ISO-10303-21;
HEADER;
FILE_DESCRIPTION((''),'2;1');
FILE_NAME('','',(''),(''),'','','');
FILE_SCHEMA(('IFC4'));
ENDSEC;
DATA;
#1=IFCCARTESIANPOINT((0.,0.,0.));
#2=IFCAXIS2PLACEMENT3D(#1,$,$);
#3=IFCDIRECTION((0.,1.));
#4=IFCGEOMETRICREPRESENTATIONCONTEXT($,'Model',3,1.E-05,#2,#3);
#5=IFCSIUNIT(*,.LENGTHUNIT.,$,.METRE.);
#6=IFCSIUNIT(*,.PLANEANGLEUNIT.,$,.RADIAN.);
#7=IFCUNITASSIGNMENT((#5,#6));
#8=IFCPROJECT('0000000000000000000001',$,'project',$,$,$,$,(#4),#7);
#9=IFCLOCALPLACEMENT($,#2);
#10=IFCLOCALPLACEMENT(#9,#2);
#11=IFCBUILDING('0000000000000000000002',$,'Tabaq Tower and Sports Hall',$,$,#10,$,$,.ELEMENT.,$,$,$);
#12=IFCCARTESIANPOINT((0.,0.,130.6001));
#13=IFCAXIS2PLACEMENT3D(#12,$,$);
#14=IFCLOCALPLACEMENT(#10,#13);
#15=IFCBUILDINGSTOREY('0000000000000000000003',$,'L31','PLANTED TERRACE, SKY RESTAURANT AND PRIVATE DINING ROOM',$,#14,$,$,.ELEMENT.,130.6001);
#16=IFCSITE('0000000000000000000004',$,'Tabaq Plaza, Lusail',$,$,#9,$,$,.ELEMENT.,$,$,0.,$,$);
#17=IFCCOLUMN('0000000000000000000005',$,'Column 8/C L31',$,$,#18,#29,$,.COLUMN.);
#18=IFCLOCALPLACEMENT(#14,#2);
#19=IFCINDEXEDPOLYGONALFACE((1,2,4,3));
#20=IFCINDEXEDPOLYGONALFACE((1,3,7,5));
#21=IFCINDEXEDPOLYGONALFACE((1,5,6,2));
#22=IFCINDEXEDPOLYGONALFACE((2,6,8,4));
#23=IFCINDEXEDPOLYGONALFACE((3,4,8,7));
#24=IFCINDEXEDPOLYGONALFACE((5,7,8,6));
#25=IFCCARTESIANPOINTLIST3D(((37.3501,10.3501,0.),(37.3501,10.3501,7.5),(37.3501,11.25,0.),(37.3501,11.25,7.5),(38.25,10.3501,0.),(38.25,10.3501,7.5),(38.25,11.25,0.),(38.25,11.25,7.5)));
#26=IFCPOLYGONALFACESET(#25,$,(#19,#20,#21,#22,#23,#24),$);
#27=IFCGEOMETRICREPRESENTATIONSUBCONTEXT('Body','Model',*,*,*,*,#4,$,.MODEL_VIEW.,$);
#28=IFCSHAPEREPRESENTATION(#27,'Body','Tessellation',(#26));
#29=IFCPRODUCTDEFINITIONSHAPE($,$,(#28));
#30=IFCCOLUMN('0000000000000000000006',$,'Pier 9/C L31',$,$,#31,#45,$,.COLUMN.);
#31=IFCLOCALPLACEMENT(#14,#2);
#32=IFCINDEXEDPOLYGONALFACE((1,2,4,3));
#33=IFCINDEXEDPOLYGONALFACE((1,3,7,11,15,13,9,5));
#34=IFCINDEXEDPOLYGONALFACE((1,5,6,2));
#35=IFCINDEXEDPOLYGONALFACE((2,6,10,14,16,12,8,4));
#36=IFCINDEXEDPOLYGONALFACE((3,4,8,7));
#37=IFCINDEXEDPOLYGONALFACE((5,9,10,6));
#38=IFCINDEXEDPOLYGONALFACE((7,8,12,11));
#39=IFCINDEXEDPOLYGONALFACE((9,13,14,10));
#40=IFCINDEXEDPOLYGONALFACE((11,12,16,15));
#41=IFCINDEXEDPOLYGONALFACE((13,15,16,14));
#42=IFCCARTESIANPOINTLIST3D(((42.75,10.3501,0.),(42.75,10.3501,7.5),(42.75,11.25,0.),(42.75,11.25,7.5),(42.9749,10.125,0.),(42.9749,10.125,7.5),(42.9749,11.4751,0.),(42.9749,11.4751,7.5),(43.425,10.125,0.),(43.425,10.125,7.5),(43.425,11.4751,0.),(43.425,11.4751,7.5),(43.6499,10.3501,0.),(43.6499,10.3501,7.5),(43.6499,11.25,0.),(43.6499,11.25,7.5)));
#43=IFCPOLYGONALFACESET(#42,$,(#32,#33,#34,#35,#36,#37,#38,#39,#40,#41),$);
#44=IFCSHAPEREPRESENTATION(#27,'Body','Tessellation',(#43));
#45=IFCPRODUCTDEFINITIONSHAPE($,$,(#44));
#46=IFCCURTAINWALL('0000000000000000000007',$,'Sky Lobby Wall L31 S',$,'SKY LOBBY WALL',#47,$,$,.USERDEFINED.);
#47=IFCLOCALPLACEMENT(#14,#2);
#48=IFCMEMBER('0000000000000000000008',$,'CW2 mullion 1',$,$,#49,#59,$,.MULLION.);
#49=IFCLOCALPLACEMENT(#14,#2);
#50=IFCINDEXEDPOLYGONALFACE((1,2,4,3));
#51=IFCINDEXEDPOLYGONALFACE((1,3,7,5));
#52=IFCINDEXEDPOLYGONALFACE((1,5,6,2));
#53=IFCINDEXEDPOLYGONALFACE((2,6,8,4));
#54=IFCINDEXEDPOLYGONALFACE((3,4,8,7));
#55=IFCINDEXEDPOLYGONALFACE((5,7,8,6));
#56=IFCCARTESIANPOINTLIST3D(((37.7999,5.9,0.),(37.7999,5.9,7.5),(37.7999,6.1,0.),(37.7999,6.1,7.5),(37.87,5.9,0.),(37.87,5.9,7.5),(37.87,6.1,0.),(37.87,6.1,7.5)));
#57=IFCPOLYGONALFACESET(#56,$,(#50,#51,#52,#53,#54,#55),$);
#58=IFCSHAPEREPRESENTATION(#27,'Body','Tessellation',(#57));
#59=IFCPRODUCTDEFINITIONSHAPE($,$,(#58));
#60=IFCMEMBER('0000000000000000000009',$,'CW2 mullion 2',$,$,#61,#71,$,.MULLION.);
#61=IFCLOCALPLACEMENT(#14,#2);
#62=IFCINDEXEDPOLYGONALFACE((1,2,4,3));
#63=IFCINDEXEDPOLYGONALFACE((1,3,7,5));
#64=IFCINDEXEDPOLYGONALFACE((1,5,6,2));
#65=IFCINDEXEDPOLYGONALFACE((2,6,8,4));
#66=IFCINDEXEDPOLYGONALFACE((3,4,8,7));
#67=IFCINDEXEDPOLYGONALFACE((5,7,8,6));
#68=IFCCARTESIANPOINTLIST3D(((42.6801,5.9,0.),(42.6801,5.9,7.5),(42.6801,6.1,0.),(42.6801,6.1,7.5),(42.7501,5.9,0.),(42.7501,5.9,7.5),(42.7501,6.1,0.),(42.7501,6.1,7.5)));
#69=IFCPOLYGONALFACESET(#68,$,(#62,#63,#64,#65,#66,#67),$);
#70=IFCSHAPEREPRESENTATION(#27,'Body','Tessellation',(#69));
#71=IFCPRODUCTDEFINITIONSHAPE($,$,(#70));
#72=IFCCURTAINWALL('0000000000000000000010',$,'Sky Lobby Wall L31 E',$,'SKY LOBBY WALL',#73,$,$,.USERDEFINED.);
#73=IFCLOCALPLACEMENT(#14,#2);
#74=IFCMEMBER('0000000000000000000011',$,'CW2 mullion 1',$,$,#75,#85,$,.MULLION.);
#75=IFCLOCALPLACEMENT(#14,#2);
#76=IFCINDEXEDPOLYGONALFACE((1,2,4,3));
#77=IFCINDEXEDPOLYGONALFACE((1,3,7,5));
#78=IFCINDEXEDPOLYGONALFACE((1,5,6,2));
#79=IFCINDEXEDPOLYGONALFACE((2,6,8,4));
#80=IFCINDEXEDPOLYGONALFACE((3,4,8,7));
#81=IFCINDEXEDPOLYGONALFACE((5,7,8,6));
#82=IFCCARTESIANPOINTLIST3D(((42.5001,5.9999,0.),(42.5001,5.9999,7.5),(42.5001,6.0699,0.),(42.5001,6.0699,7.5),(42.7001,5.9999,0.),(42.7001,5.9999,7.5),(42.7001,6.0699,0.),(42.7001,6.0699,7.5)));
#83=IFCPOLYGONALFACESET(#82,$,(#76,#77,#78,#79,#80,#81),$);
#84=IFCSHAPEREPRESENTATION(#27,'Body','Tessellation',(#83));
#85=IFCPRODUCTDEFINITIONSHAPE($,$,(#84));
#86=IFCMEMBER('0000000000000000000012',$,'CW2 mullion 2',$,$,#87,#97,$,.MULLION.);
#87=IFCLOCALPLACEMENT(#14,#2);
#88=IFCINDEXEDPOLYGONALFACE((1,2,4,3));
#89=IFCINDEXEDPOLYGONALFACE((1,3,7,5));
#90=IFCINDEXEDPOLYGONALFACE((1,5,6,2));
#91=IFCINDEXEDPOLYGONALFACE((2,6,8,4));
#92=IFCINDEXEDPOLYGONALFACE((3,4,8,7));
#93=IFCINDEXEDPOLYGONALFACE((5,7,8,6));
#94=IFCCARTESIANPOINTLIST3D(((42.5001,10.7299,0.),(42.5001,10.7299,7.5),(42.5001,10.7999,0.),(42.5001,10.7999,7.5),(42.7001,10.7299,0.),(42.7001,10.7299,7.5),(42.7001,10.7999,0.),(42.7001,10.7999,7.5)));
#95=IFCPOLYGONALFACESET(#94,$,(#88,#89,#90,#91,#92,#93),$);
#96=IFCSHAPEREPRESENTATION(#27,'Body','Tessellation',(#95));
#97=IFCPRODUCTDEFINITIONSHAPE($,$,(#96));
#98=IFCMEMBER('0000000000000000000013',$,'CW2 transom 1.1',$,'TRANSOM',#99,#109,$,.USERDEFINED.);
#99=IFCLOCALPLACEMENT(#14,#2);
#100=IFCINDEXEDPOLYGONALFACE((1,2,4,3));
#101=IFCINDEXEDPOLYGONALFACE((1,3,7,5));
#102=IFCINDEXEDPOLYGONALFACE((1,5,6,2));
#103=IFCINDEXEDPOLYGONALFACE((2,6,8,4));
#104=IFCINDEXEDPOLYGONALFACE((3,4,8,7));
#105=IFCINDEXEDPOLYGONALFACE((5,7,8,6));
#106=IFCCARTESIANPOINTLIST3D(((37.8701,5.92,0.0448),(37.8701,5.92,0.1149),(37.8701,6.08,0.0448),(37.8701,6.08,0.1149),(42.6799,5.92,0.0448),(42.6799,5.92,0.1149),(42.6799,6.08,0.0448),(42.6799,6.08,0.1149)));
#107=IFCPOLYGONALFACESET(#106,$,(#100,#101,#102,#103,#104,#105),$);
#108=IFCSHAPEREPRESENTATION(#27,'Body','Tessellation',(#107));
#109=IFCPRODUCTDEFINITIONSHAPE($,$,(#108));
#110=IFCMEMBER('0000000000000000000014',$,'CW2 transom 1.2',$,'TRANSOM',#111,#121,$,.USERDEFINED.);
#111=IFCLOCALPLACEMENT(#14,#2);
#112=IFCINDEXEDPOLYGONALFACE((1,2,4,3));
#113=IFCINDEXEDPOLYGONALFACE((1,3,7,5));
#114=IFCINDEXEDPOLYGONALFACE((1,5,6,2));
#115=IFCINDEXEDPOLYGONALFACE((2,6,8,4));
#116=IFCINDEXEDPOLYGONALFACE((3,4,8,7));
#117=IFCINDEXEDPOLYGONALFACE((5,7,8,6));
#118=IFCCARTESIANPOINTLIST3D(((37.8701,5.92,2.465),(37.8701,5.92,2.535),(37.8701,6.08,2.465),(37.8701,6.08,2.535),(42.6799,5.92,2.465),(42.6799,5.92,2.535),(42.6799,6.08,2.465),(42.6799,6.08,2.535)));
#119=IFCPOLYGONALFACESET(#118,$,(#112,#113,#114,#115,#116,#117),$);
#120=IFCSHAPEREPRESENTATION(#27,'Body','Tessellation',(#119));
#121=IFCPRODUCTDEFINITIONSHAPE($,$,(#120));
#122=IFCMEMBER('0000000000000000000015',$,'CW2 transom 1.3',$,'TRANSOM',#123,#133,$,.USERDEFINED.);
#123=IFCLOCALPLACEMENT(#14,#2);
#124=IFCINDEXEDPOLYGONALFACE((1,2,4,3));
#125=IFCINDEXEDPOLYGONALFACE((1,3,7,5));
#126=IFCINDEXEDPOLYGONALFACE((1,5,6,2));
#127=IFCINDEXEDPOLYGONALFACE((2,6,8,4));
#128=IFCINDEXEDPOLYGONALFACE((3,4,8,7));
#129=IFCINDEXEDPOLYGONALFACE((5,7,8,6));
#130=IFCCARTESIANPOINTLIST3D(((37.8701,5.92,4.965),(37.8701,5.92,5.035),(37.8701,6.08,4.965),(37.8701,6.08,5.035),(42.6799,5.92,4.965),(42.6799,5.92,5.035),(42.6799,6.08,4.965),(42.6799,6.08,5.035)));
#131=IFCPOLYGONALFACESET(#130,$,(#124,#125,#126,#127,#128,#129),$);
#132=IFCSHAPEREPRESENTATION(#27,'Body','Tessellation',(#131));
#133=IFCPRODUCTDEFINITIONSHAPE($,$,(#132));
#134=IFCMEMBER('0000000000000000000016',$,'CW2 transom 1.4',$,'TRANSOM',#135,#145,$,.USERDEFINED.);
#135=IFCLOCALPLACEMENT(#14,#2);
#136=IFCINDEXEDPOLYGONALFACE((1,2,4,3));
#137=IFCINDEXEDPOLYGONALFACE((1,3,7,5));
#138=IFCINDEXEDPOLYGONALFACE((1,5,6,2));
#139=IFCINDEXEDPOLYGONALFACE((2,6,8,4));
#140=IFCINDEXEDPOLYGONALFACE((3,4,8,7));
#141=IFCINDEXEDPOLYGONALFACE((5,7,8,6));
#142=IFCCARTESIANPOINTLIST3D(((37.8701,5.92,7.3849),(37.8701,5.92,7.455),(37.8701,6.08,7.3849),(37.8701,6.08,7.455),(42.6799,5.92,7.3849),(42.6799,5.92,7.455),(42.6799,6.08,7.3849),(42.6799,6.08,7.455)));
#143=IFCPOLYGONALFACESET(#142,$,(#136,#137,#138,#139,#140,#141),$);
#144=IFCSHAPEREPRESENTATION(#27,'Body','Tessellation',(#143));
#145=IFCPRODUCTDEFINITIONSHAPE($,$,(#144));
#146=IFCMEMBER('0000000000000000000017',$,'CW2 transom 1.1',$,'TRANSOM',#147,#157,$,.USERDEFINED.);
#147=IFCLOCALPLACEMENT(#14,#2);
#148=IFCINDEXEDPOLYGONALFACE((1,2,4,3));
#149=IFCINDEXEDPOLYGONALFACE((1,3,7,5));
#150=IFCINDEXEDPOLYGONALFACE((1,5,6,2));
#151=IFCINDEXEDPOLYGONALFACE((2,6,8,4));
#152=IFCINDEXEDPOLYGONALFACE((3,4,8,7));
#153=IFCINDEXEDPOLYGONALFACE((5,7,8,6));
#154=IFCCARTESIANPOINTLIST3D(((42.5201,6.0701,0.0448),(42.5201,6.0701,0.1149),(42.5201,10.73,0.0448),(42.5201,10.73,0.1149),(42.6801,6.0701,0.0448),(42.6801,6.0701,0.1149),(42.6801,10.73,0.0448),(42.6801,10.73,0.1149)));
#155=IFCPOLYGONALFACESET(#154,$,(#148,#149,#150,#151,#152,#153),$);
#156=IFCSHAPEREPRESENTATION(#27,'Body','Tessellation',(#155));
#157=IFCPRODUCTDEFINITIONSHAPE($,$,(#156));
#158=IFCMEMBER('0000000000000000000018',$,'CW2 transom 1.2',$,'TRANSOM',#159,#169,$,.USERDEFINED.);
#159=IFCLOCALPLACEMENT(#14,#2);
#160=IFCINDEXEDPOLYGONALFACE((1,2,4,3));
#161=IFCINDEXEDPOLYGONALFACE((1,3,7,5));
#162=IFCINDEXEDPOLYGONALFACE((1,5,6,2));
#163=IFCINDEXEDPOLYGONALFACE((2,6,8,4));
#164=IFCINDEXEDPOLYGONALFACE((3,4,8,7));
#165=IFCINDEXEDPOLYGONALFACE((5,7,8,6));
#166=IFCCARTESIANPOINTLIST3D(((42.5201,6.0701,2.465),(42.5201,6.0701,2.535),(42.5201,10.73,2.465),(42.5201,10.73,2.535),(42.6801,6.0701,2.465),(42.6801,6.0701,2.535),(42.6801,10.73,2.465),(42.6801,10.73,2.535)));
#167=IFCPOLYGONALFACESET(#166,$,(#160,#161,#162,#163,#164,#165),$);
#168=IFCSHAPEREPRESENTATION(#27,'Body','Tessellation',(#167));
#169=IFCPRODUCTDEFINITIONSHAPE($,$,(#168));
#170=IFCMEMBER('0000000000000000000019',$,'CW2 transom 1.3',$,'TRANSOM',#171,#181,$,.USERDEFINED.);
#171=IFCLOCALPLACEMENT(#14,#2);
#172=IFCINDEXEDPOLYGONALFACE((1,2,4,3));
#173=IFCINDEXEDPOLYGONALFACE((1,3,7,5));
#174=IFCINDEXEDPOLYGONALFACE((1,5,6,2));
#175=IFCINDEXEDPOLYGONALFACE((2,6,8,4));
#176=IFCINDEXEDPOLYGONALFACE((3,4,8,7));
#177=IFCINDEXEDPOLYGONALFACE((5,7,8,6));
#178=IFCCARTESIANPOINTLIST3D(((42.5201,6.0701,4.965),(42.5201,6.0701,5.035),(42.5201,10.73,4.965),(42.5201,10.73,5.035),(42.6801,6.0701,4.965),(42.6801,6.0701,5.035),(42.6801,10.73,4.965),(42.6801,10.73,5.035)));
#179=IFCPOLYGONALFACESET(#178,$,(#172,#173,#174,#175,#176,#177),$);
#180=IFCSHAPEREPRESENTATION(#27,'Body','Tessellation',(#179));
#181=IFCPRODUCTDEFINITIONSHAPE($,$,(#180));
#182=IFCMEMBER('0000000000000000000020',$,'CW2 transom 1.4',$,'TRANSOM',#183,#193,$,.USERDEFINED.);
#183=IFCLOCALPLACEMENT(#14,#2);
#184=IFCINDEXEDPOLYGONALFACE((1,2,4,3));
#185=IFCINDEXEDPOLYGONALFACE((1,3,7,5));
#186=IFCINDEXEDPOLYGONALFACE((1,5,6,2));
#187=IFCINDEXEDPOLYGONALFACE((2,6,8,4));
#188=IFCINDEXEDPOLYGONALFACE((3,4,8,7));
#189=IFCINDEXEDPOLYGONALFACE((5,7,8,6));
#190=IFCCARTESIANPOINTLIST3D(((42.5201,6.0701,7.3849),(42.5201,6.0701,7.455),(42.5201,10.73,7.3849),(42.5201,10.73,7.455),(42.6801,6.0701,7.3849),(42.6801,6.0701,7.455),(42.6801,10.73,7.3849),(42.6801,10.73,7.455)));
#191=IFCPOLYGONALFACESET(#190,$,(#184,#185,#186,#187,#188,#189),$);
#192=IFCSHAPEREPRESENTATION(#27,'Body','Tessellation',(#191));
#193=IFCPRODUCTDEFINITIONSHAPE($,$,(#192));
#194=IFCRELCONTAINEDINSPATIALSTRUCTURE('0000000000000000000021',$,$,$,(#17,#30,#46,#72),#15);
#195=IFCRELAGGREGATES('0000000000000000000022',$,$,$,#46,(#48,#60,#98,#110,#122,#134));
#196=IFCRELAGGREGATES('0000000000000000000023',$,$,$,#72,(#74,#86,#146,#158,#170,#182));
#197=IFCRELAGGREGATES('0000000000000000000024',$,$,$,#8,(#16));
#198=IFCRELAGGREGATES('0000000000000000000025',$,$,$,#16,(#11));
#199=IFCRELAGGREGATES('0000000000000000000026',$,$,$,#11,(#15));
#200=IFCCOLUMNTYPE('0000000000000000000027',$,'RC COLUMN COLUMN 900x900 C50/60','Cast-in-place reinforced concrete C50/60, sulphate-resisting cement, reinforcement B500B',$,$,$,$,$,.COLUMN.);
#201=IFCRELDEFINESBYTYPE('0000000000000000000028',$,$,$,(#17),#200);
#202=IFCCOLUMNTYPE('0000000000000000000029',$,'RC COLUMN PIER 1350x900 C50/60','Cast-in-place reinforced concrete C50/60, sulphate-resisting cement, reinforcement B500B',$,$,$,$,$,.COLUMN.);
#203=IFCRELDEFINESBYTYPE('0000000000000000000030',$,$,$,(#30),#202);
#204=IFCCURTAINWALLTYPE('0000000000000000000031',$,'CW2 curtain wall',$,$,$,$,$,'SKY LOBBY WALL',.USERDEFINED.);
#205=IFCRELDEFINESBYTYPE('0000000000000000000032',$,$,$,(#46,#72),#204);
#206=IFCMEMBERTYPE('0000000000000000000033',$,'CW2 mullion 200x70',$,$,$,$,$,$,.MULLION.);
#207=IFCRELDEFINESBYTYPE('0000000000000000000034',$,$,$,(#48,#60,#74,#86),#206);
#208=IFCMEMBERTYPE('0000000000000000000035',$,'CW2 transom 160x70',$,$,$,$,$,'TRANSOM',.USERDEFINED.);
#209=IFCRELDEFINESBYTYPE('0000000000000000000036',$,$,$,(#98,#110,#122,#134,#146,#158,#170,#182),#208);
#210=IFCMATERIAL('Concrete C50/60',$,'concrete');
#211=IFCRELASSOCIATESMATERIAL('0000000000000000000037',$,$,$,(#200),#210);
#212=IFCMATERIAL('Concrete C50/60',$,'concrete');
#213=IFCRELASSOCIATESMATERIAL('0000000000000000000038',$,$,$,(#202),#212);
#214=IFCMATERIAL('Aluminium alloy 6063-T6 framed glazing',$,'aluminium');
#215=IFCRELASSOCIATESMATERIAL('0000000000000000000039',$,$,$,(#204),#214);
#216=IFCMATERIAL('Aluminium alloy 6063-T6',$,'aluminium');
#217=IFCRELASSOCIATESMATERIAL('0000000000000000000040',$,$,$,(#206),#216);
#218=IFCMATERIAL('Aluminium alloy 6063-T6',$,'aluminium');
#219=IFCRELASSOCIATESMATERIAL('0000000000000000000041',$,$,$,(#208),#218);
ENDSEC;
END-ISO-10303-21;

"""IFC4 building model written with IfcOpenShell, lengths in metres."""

from ifc_helpers import new_model, si_unit, direction, frame, origin, origin_2d, place, context, subcontext, project, spatial, polyline, rectangle, outline, extrude, material, material_profile, profile_set, type_object, element, aggregate, save


model = new_model("IFC4")

# Units and contexts
model_context = context("Model", 3, precision=1e-05, world=origin(), true_north=direction((0.0, 1.0)))
body_context = subcontext(model_context, "Body", "Model", "MODEL_VIEW")
ifc_project = project(units=[si_unit("LENGTHUNIT", "METRE"), si_unit("PLANEANGLEUNIT", "RADIAN")], contexts=[model_context])

# Site, building, storey
site_placement = place(None, origin())
site = spatial("IfcSite", under=ifc_project, at=site_placement, Name="Tabaq Plaza, Lusail", CompositionType="ELEMENT", RefElevation=0.0)
building_placement = place(site_placement, origin())
building = spatial("IfcBuilding", under=site, at=building_placement, Name="Tabaq Tower and Sports Hall", CompositionType="ELEMENT")
storey_placement = place(building_placement, frame((0.0, 0.0, 130.6001)))
storey = spatial("IfcBuildingStorey", under=building, at=storey_placement, Name="L31", Description="PLANTED TERRACE, SKY RESTAURANT AND PRIVATE DINING ROOM", CompositionType="ELEMENT", Elevation=130.6001)

# Columns
ifc_material_1 = material(Name="Concrete C50/60", Category="concrete")
ifc_material_profile_1 = material_profile(ifc_material_1, rectangle(XDim=0.8999, YDim=0.8999, at=origin_2d()), Name="COLUMN 900x900")
ifc_profile_set_1 = profile_set([ifc_material_profile_1], Name="Concrete C50/60")
column_type_1 = type_object("IfcColumnType", Name="RC COLUMN COLUMN 900x900 C50/60", Description="Cast-in-place reinforced concrete C50/60, sulphate-resisting cement, reinforcement B500B", PredefinedType="COLUMN", material=ifc_profile_set_1)
column_1_placement = place(storey_placement, frame((37.8, 10.8, 0.0), z_axis=(0.0, 0.0, 1.0), x_axis=(1.0, 0.0, 0.0)))
element("IfcColumn", 1, at=column_1_placement, inside=storey, type_object=column_type_1, Name="Column 8/C L31", PredefinedType="COLUMN", context=body_context, shape_type="SweptSolid", body=[
    extrude(rectangle(XDim=0.8999, YDim=0.8999, at=origin_2d()), origin(), (0.0, 0.0, 1.0), 7.5),
])
ifc_material_2 = material(Name="Concrete C50/60", Category="concrete")
ifc_material_profile_2 = material_profile(ifc_material_2, outline(polyline([(-0.45, -0.45), (0.45, -0.45), (0.675, -0.2251), (0.675, 0.2251), (0.45, 0.45), (-0.45, 0.45), (-0.675, 0.2251), (-0.675, -0.2251), (-0.45, -0.45)])), Name="PIER 1350x900")
ifc_profile_set_2 = profile_set([ifc_material_profile_2], Name="Concrete C50/60")
column_type_2 = type_object("IfcColumnType", Name="RC COLUMN PIER 1350x900 C50/60", Description="Cast-in-place reinforced concrete C50/60, sulphate-resisting cement, reinforcement B500B", PredefinedType="COLUMN", material=ifc_profile_set_2)
column_2_placement = place(storey_placement, frame((43.2, 10.8, 0.0), z_axis=(0.0, 0.0, 1.0), x_axis=(0.0, 1.0, 0.0)))
element("IfcColumn", 2, at=column_2_placement, inside=storey, type_object=column_type_2, Name="Pier 9/C L31", PredefinedType="COLUMN", context=body_context, shape_type="SweptSolid", body=[
    extrude(outline(polyline([(-0.45, -0.45), (0.45, -0.45), (0.675, -0.2251), (0.675, 0.2251), (0.45, 0.45), (-0.45, 0.45), (-0.675, 0.2251), (-0.675, -0.2251), (-0.45, -0.45)])), origin(), (0.0, 0.0, 1.0), 7.5),
])

# Curtain walls, members
ifc_material_3 = material(Name="Aluminium alloy 6063-T6 framed glazing", Category="aluminium")
curtain_wall_type = type_object("IfcCurtainWallType", Name="CW2 curtain wall", ElementType="SKY LOBBY WALL", PredefinedType="USERDEFINED", material=ifc_material_3)
curtain_wall_1_placement = place(storey_placement, origin())
curtain_wall_1 = element("IfcCurtainWall", 3, at=curtain_wall_1_placement, inside=storey, type_object=curtain_wall_type, Name="Sky Lobby Wall L31 S", ObjectType="SKY LOBBY WALL", PredefinedType="USERDEFINED")
ifc_material_4 = material(Name="Aluminium alloy 6063-T6", Category="aluminium")
ifc_material_profile_3 = material_profile(ifc_material_4, rectangle(XDim=0.2, YDim=0.0701, at=origin_2d()), Name="MULLION 200x70")
ifc_profile_set_3 = profile_set([ifc_material_profile_3], Name="Aluminium alloy 6063-T6")
member_type_1 = type_object("IfcMemberType", Name="CW2 mullion 200x70", PredefinedType="MULLION", material=ifc_profile_set_3)
member_1_placement = place(storey_placement, frame((37.835, 6.0, 0.0), z_axis=(0.0, 0.0, 1.0), x_axis=(0.0, 1.0, 0.0)))
member_1 = element("IfcMember", 4, at=member_1_placement, type_object=member_type_1, Name="CW2 mullion 1", PredefinedType="MULLION", context=body_context, shape_type="SweptSolid", body=[
    extrude(rectangle(XDim=0.2, YDim=0.0701, at=origin_2d()), origin(), (0.0, 0.0, 1.0), 7.5),
])
member_2_placement = place(storey_placement, frame((42.7151, 6.0, 0.0), z_axis=(0.0, 0.0, 1.0), x_axis=(0.0, 1.0, 0.0)))
member_2 = element("IfcMember", 5, at=member_2_placement, type_object=member_type_1, Name="CW2 mullion 2", PredefinedType="MULLION", context=body_context, shape_type="SweptSolid", body=[
    extrude(rectangle(XDim=0.2, YDim=0.0701, at=origin_2d()), origin(), (0.0, 0.0, 1.0), 7.5),
])
curtain_wall_2_placement = place(storey_placement, origin())
curtain_wall_2 = element("IfcCurtainWall", 6, at=curtain_wall_2_placement, inside=storey, type_object=curtain_wall_type, Name="Sky Lobby Wall L31 E", ObjectType="SKY LOBBY WALL", PredefinedType="USERDEFINED")
member_3_placement = place(storey_placement, frame((42.6001, 6.0349, 0.0), z_axis=(0.0, 0.0, 1.0), x_axis=(-1.0, 0.0, 0.0)))
member_3 = element("IfcMember", 7, at=member_3_placement, type_object=member_type_1, Name="CW2 mullion 1", PredefinedType="MULLION", context=body_context, shape_type="SweptSolid", body=[
    extrude(rectangle(XDim=0.2, YDim=0.0701, at=origin_2d()), origin(), (0.0, 0.0, 1.0), 7.5),
])
member_4_placement = place(storey_placement, frame((42.6001, 10.7649, 0.0), z_axis=(0.0, 0.0, 1.0), x_axis=(-1.0, 0.0, 0.0)))
member_4 = element("IfcMember", 8, at=member_4_placement, type_object=member_type_1, Name="CW2 mullion 2", PredefinedType="MULLION", context=body_context, shape_type="SweptSolid", body=[
    extrude(rectangle(XDim=0.2, YDim=0.0701, at=origin_2d()), origin(), (0.0, 0.0, 1.0), 7.5),
])

# Members
ifc_material_5 = material(Name="Aluminium alloy 6063-T6", Category="aluminium")
ifc_material_profile_4 = material_profile(ifc_material_5, rectangle(XDim=0.1599, YDim=0.0701, at=origin_2d()), Name="TRANSOM 160x70")
ifc_profile_set_4 = profile_set([ifc_material_profile_4], Name="Aluminium alloy 6063-T6")
member_type_2 = type_object("IfcMemberType", Name="CW2 transom 160x70", ElementType="TRANSOM", PredefinedType="USERDEFINED", material=ifc_profile_set_4)
member_5_placement = place(storey_placement, frame((37.8701, 6.0, 0.0798), z_axis=(1.0, 0.0, 0.0), x_axis=(0.0, 1.0, 0.0)))
member_5 = element("IfcMember", 9, at=member_5_placement, type_object=member_type_2, Name="CW2 transom 1.1", ObjectType="TRANSOM", PredefinedType="USERDEFINED", context=body_context, shape_type="SweptSolid", body=[
    extrude(rectangle(XDim=0.1599, YDim=0.0701, at=origin_2d()), origin(), (0.0, 0.0, 1.0), 4.8098),
])
member_6_placement = place(storey_placement, frame((37.8701, 6.0, 2.5), z_axis=(1.0, 0.0, 0.0), x_axis=(0.0, 1.0, 0.0)))
member_6 = element("IfcMember", 10, at=member_6_placement, type_object=member_type_2, Name="CW2 transom 1.2", ObjectType="TRANSOM", PredefinedType="USERDEFINED", context=body_context, shape_type="SweptSolid", body=[
    extrude(rectangle(XDim=0.1599, YDim=0.0701, at=origin_2d()), origin(), (0.0, 0.0, 1.0), 4.8098),
])
member_7_placement = place(storey_placement, frame((37.8701, 6.0, 5.0), z_axis=(1.0, 0.0, 0.0), x_axis=(0.0, 1.0, 0.0)))
member_7 = element("IfcMember", 11, at=member_7_placement, type_object=member_type_2, Name="CW2 transom 1.3", ObjectType="TRANSOM", PredefinedType="USERDEFINED", context=body_context, shape_type="SweptSolid", body=[
    extrude(rectangle(XDim=0.1599, YDim=0.0701, at=origin_2d()), origin(), (0.0, 0.0, 1.0), 4.8098),
])
member_8_placement = place(storey_placement, frame((37.8701, 6.0, 7.4199), z_axis=(1.0, 0.0, 0.0), x_axis=(0.0, 1.0, 0.0)))
member_8 = element("IfcMember", 12, at=member_8_placement, type_object=member_type_2, Name="CW2 transom 1.4", ObjectType="TRANSOM", PredefinedType="USERDEFINED", context=body_context, shape_type="SweptSolid", body=[
    extrude(rectangle(XDim=0.1599, YDim=0.0701, at=origin_2d()), origin(), (0.0, 0.0, 1.0), 4.8098),
])
member_9_placement = place(storey_placement, frame((42.6001, 6.0701, 0.0798), z_axis=(0.0, 1.0, 0.0), x_axis=(-1.0, 0.0, 0.0)))
member_9 = element("IfcMember", 13, at=member_9_placement, type_object=member_type_2, Name="CW2 transom 1.1", ObjectType="TRANSOM", PredefinedType="USERDEFINED", context=body_context, shape_type="SweptSolid", body=[
    extrude(rectangle(XDim=0.1599, YDim=0.0701, at=origin_2d()), origin(), (0.0, 0.0, 1.0), 4.6599),
])
member_10_placement = place(storey_placement, frame((42.6001, 6.0701, 2.5), z_axis=(0.0, 1.0, 0.0), x_axis=(-1.0, 0.0, 0.0)))
member_10 = element("IfcMember", 14, at=member_10_placement, type_object=member_type_2, Name="CW2 transom 1.2", ObjectType="TRANSOM", PredefinedType="USERDEFINED", context=body_context, shape_type="SweptSolid", body=[
    extrude(rectangle(XDim=0.1599, YDim=0.0701, at=origin_2d()), origin(), (0.0, 0.0, 1.0), 4.6599),
])
member_11_placement = place(storey_placement, frame((42.6001, 6.0701, 5.0), z_axis=(0.0, 1.0, 0.0), x_axis=(-1.0, 0.0, 0.0)))
member_11 = element("IfcMember", 15, at=member_11_placement, type_object=member_type_2, Name="CW2 transom 1.3", ObjectType="TRANSOM", PredefinedType="USERDEFINED", context=body_context, shape_type="SweptSolid", body=[
    extrude(rectangle(XDim=0.1599, YDim=0.0701, at=origin_2d()), origin(), (0.0, 0.0, 1.0), 4.6599),
])
member_12_placement = place(storey_placement, frame((42.6001, 6.0701, 7.4199), z_axis=(0.0, 1.0, 0.0), x_axis=(-1.0, 0.0, 0.0)))
member_12 = element("IfcMember", 16, at=member_12_placement, type_object=member_type_2, Name="CW2 transom 1.4", ObjectType="TRANSOM", PredefinedType="USERDEFINED", context=body_context, shape_type="SweptSolid", body=[
    extrude(rectangle(XDim=0.1599, YDim=0.0701, at=origin_2d()), origin(), (0.0, 0.0, 1.0), 4.6599),
])

aggregate(curtain_wall_1, [member_1, member_2, member_5, member_6, member_7, member_8])
aggregate(curtain_wall_2, [member_3, member_4, member_9, member_10, member_11, member_12])

save(model, "model.ifc")
